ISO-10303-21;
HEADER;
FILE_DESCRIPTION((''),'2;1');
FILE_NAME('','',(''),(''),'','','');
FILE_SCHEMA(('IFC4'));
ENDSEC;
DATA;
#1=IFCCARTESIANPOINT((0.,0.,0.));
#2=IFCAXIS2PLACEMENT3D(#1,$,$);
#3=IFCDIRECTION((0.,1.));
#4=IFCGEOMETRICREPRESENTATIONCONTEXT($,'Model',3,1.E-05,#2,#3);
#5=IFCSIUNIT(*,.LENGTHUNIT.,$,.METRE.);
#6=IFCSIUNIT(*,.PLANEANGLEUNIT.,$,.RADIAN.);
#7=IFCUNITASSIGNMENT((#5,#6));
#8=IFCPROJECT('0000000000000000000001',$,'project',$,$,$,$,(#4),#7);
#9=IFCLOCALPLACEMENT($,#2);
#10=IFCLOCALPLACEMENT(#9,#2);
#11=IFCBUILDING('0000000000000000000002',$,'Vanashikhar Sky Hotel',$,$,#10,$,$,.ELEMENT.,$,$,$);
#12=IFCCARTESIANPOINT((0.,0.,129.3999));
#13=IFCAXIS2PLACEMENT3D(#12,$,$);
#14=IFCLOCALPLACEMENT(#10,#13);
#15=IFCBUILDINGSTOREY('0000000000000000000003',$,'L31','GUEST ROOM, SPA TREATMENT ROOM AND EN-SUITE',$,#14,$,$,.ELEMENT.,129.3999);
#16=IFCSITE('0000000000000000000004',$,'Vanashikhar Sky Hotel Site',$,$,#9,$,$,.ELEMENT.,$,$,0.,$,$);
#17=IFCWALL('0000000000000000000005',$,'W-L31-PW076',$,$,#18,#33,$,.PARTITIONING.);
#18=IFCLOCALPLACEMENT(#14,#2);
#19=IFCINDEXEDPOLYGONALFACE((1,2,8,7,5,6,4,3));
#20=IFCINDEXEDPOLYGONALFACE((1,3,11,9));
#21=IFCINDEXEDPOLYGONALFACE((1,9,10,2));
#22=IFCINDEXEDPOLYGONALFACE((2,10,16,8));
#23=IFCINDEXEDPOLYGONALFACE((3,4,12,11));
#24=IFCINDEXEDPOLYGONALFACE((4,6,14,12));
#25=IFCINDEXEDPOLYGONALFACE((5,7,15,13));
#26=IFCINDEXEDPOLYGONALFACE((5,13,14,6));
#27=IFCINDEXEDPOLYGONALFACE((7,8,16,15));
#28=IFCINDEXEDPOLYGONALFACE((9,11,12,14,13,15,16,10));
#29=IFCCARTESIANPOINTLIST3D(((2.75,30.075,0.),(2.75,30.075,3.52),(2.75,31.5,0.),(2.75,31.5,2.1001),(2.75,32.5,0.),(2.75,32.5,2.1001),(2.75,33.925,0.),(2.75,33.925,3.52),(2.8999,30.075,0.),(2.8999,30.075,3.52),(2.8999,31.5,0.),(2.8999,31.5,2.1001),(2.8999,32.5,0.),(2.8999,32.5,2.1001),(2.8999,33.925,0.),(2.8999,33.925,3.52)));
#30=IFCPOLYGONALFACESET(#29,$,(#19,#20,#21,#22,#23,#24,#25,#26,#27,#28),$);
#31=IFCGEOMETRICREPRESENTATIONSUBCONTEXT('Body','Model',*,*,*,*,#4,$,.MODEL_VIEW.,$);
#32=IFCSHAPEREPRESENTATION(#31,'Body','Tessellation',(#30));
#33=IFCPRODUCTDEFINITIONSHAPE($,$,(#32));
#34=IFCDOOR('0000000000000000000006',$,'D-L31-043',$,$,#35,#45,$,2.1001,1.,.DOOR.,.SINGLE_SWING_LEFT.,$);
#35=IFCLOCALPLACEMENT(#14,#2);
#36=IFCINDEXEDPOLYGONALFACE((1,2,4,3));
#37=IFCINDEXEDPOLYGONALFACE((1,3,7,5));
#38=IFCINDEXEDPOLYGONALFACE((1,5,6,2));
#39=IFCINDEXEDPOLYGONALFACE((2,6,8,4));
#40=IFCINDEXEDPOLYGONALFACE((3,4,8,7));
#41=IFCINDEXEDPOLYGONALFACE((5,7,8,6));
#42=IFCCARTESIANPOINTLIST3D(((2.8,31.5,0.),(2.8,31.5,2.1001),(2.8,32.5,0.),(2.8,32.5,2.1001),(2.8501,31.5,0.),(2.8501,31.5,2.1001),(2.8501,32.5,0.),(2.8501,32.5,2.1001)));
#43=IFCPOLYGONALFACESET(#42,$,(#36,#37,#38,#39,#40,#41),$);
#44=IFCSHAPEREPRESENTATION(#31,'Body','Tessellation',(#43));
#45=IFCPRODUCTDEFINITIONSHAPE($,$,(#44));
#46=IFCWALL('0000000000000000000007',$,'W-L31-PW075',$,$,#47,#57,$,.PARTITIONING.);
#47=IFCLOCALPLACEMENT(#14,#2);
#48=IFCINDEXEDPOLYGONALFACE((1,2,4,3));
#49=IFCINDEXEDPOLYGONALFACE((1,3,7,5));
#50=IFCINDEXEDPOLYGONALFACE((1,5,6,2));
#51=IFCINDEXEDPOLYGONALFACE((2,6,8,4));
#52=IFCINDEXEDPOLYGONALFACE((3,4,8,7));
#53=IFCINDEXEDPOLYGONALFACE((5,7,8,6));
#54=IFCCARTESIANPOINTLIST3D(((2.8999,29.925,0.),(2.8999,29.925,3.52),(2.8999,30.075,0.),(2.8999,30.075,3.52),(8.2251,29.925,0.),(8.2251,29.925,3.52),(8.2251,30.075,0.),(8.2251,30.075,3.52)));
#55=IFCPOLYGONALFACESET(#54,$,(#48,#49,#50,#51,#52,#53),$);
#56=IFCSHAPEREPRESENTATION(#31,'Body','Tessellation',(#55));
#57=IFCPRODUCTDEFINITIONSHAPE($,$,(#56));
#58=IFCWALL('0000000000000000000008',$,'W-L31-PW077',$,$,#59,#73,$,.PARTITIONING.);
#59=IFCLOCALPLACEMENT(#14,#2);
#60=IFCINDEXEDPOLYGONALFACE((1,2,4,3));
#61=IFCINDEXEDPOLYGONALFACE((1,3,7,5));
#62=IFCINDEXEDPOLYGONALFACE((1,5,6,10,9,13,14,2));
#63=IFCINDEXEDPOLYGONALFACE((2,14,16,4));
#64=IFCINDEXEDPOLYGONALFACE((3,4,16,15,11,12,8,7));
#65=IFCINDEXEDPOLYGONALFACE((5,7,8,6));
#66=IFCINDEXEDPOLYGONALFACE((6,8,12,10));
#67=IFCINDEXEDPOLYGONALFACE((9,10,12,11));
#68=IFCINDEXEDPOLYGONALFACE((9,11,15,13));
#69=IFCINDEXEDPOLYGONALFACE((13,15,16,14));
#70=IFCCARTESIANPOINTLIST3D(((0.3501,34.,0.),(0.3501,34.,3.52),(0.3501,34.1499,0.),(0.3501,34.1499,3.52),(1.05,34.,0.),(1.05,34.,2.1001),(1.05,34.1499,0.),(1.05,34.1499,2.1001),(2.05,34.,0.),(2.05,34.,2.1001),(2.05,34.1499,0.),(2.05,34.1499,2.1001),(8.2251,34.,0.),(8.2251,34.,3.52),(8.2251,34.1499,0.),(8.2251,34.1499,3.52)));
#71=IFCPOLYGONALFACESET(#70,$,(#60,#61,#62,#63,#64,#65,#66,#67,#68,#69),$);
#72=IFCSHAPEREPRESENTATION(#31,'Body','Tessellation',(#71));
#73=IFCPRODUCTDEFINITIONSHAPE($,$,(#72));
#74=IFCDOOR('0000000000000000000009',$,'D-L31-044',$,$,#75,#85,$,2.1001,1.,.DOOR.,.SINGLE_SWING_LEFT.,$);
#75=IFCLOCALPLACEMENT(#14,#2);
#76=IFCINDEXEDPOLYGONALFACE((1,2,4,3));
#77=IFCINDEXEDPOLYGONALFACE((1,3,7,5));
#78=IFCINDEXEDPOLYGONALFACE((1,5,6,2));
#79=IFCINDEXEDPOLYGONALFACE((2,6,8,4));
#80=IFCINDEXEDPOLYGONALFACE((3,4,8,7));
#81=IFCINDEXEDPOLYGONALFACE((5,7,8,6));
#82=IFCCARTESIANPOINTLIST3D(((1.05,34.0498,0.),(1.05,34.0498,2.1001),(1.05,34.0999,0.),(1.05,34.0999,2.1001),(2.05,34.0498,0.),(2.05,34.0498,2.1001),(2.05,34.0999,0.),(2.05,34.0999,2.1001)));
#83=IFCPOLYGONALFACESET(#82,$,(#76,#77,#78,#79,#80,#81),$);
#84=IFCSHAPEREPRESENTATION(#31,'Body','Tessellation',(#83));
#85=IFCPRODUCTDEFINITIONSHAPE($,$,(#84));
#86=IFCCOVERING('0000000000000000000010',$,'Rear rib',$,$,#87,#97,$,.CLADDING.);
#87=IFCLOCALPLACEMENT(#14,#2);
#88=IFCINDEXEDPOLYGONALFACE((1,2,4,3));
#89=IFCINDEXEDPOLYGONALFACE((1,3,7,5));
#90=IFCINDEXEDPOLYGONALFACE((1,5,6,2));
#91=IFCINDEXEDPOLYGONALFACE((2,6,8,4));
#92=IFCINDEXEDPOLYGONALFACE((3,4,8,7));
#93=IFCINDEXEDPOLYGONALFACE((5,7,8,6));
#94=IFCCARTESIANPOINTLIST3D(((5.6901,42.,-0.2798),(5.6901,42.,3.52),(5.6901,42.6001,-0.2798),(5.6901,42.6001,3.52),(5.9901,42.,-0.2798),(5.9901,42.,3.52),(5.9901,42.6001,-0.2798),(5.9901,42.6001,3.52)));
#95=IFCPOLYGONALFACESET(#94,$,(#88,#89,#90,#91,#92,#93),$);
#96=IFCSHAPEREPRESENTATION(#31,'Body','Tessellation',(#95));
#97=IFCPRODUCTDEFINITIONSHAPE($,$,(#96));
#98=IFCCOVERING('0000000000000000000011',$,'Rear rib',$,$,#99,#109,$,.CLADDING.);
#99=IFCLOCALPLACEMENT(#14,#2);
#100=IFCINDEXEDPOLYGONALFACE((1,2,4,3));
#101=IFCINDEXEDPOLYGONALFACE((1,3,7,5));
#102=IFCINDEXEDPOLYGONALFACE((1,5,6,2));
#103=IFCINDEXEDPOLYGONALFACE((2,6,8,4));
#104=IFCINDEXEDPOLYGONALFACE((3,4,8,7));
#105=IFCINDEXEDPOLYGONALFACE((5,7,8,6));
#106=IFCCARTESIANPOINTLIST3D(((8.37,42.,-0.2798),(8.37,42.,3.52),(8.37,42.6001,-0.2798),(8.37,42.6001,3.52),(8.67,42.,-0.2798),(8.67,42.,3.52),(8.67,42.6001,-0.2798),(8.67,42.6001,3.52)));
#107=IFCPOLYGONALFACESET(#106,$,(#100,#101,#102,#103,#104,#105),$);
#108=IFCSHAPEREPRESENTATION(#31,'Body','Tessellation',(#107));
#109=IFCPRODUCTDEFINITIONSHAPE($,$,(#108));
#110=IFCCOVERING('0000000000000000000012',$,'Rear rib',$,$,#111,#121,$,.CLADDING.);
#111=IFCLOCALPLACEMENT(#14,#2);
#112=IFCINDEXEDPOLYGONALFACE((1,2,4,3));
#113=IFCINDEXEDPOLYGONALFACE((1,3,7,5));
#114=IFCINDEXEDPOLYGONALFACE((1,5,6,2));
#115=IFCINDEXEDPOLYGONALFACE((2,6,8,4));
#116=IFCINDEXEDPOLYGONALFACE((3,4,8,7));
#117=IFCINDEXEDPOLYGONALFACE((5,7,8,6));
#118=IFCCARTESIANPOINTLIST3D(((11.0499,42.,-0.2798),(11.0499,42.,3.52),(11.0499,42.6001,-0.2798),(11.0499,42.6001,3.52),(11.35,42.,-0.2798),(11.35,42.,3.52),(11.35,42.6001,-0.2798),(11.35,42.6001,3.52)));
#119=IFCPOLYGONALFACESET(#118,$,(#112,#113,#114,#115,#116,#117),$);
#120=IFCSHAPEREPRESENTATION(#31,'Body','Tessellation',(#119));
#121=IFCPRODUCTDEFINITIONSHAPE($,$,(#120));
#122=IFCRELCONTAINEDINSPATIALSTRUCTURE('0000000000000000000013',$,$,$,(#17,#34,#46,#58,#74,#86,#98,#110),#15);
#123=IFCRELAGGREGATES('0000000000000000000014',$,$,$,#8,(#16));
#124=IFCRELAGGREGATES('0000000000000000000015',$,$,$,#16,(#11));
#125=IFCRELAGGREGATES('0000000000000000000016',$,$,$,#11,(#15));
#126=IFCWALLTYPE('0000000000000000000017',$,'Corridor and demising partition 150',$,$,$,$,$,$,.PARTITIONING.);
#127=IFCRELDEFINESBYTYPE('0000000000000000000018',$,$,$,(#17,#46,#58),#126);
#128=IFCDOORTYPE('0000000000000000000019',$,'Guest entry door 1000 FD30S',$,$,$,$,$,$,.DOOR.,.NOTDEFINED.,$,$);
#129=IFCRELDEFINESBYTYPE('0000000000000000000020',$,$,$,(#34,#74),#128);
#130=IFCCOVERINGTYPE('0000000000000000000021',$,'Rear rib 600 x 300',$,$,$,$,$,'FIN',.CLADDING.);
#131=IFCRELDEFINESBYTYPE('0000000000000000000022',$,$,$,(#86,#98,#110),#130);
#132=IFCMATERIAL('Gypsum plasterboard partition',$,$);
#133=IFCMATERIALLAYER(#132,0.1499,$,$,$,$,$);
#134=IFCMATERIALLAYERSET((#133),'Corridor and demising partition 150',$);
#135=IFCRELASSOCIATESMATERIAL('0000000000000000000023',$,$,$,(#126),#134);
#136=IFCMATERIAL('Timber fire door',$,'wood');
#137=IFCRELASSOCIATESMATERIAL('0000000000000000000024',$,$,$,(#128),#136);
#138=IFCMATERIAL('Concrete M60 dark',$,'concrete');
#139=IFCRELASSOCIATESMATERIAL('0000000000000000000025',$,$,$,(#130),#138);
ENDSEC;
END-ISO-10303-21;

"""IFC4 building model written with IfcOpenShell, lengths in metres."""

from ifc_helpers import new_model, si_unit, direction, frame, frame_2d, origin, origin_2d, place, context, subcontext, project, spatial, rectangle, extrude, source, transform, mapped, material, layer, layer_set, material_profile, profile_set, type_object, element, fill, save


model = new_model("IFC4")

# Units and contexts
model_context = context("Model", 3, precision=1e-05, world=origin(), true_north=direction((0.0, 1.0)))
body_context = subcontext(model_context, "Body", "Model", "MODEL_VIEW")
ifc_project = project(units=[si_unit("LENGTHUNIT", "METRE"), si_unit("PLANEANGLEUNIT", "RADIAN")], contexts=[model_context])

# Site, building, storey
site_placement = place(None, origin())
site = spatial("IfcSite", under=ifc_project, at=site_placement, Name="Vanashikhar Sky Hotel Site", CompositionType="ELEMENT", RefElevation=0.0)
building_placement = place(site_placement, origin())
building = spatial("IfcBuilding", under=site, at=building_placement, Name="Vanashikhar Sky Hotel", CompositionType="ELEMENT")
storey_placement = place(building_placement, frame((0.0, 0.0, 129.3999)))
storey = spatial("IfcBuildingStorey", under=building, at=storey_placement, Name="L31", Description="GUEST ROOM, SPA TREATMENT ROOM AND EN-SUITE", CompositionType="ELEMENT", Elevation=129.3999)

# Wall, opening, door
ifc_material_1 = material(Name="Gypsum plasterboard partition")
ifc_layer_1 = layer(ifc_material_1, 0.1499)
ifc_layer_set_1 = layer_set([ifc_layer_1], Name="Corridor and demising partition 150")
wall_type_1 = type_object("IfcWallType", Name="Corridor and demising partition 150", PredefinedType="PARTITIONING", material=ifc_layer_set_1)
shared_shape_1 = source(origin(), body_context, "Body", "SweptSolid", [
    extrude(rectangle(XDim=3.8501, YDim=0.1499, at=frame_2d((1.925, 0.0))), origin(), (0.0, 0.0, 1.0), 3.52),
])
wall_1_placement = place(storey_placement, frame((2.825, 30.075, 0.0), z_axis=(0.0, 0.0, 1.0), x_axis=(0.0, 1.0, 0.0)))
wall_1 = element("IfcWall", 1, at=wall_1_placement, inside=storey, type_object=wall_type_1, Name="W-L31-PW076", PredefinedType="PARTITIONING", context=body_context, shape_type="MappedRepresentation", body=[
    mapped(shared_shape_1, transform((0.0, 0.0, 0.0), scale=1.0)),
])
shared_shape_2 = source(origin(), body_context, "Body", "SweptSolid", [
    extrude(rectangle(XDim=1.0, YDim=2.1001, at=frame_2d((0.5, 1.05))), frame((0.0, 0.085, 0.0), z_axis=(0.0, -1.0, 0.0), x_axis=(1.0, 0.0, 0.0)), (0.0, 0.0, 1.0), 0.1699),
])
opening_1_placement = place(wall_1_placement, frame((1.425, 0.0, 0.0)))
opening_1 = element("IfcOpeningElement", 2, at=opening_1_placement, cuts=wall_1, PredefinedType="OPENING", context=body_context, shape_type="MappedRepresentation", body=[
    mapped(shared_shape_2, transform((0.0, 0.0, 0.0), scale=1.0)),
])
ifc_material_2 = material(Name="Timber fire door", Category="wood")
door_type = type_object("IfcDoorType", Name="Guest entry door 1000 FD30S", OperationType="NOTDEFINED", PredefinedType="DOOR", material=ifc_material_2)
shared_shape_3 = source(origin(), body_context, "Body", "SweptSolid", [
    extrude(rectangle(XDim=1.0, YDim=2.1001, at=frame_2d((0.5, 1.05))), frame((0.0, 0.0249, 0.0), z_axis=(0.0, -1.0, 0.0), x_axis=(1.0, 0.0, 0.0)), (0.0, 0.0, 1.0), 0.05),
])
door_1_placement = place(opening_1_placement, origin())
door_1 = element("IfcDoor", 3, at=door_1_placement, inside=storey, type_object=door_type, Name="D-L31-043", OperationType="SINGLE_SWING_LEFT", OverallHeight=2.1001, OverallWidth=1.0, PredefinedType="DOOR", context=body_context, shape_type="MappedRepresentation", body=[
    mapped(shared_shape_3, transform((0.0, 0.0, 0.0), scale=1.0)),
])
fill(opening_1, door_1)

# Wall
shared_shape_4 = source(origin(), body_context, "Body", "SweptSolid", [
    extrude(rectangle(XDim=5.3252, YDim=0.1499, at=frame_2d((2.6626, 0.0))), origin(), (0.0, 0.0, 1.0), 3.52),
])
wall_2_placement = place(storey_placement, frame((2.8999, 30.0, 0.0), z_axis=(0.0, 0.0, 1.0), x_axis=(1.0, 0.0, 0.0)))
element("IfcWall", 4, at=wall_2_placement, inside=storey, type_object=wall_type_1, Name="W-L31-PW075", PredefinedType="PARTITIONING", context=body_context, shape_type="MappedRepresentation", body=[
    mapped(shared_shape_4, transform((0.0, 0.0, 0.0), scale=1.0)),
])

# Wall, opening, door
shared_shape_5 = source(origin(), body_context, "Body", "SweptSolid", [
    extrude(rectangle(XDim=7.875, YDim=0.1499, at=frame_2d((3.9375, 0.0))), origin(), (0.0, 0.0, 1.0), 3.52),
])
wall_3_placement = place(storey_placement, frame((0.3501, 34.075, 0.0), z_axis=(0.0, 0.0, 1.0), x_axis=(1.0, 0.0, 0.0)))
wall_3 = element("IfcWall", 5, at=wall_3_placement, inside=storey, type_object=wall_type_1, Name="W-L31-PW077", PredefinedType="PARTITIONING", context=body_context, shape_type="MappedRepresentation", body=[
    mapped(shared_shape_5, transform((0.0, 0.0, 0.0), scale=1.0)),
])
opening_2_placement = place(wall_3_placement, frame((0.7, 0.0, 0.0)))
opening_2 = element("IfcOpeningElement", 6, at=opening_2_placement, cuts=wall_3, PredefinedType="OPENING", context=body_context, shape_type="MappedRepresentation", body=[
    mapped(shared_shape_2, transform((0.0, 0.0, 0.0), scale=1.0)),
])
door_2_placement = place(opening_2_placement, origin())
door_2 = element("IfcDoor", 7, at=door_2_placement, inside=storey, type_object=door_type, Name="D-L31-044", OperationType="SINGLE_SWING_LEFT", OverallHeight=2.1001, OverallWidth=1.0, PredefinedType="DOOR", context=body_context, shape_type="MappedRepresentation", body=[
    mapped(shared_shape_3, transform((0.0, 0.0, 0.0), scale=1.0)),
])
fill(opening_2, door_2)

# Coverings
ifc_material_3 = material(Name="Concrete M60 dark", Category="concrete")
ifc_material_profile_1 = material_profile(ifc_material_3, rectangle(XDim=0.6001, YDim=0.3, at=origin_2d()))
ifc_profile_set_1 = profile_set([ifc_material_profile_1], Name="Rear rib 600 x 300")
covering_type = type_object("IfcCoveringType", Name="Rear rib 600 x 300", ElementType="FIN", PredefinedType="CLADDING", material=ifc_profile_set_1)
shared_shape_6 = source(origin(), body_context, "Body", "SweptSolid", [
    extrude(rectangle(XDim=0.6001, YDim=0.3, at=origin_2d()), origin(), (0.0, 0.0, 1.0), 3.7998),
])
for number, where, z_axis, x_axis, name in (
    (8, (5.8401, 42.3, -0.2798), (0.0, 0.0, 1.0), (0.0, 1.0, 0.0), "Rear rib"),
    (9, (8.52, 42.3, -0.2798), (0.0, 0.0, 1.0), (0.0, 1.0, 0.0), "Rear rib"),
    (10, (11.2, 42.3, -0.2798), (0.0, 0.0, 1.0), (0.0, 1.0, 0.0), "Rear rib"),
):
    element("IfcCovering", number, at=place(storey_placement, frame(where, z_axis=z_axis, x_axis=x_axis)), inside=storey, type_object=covering_type, Name=name, PredefinedType="CLADDING", context=body_context, shape_type="MappedRepresentation", body=[
        mapped(shared_shape_6, transform((0.0, 0.0, 0.0), scale=1.0)),
    ])

save(model, "model.ifc")
